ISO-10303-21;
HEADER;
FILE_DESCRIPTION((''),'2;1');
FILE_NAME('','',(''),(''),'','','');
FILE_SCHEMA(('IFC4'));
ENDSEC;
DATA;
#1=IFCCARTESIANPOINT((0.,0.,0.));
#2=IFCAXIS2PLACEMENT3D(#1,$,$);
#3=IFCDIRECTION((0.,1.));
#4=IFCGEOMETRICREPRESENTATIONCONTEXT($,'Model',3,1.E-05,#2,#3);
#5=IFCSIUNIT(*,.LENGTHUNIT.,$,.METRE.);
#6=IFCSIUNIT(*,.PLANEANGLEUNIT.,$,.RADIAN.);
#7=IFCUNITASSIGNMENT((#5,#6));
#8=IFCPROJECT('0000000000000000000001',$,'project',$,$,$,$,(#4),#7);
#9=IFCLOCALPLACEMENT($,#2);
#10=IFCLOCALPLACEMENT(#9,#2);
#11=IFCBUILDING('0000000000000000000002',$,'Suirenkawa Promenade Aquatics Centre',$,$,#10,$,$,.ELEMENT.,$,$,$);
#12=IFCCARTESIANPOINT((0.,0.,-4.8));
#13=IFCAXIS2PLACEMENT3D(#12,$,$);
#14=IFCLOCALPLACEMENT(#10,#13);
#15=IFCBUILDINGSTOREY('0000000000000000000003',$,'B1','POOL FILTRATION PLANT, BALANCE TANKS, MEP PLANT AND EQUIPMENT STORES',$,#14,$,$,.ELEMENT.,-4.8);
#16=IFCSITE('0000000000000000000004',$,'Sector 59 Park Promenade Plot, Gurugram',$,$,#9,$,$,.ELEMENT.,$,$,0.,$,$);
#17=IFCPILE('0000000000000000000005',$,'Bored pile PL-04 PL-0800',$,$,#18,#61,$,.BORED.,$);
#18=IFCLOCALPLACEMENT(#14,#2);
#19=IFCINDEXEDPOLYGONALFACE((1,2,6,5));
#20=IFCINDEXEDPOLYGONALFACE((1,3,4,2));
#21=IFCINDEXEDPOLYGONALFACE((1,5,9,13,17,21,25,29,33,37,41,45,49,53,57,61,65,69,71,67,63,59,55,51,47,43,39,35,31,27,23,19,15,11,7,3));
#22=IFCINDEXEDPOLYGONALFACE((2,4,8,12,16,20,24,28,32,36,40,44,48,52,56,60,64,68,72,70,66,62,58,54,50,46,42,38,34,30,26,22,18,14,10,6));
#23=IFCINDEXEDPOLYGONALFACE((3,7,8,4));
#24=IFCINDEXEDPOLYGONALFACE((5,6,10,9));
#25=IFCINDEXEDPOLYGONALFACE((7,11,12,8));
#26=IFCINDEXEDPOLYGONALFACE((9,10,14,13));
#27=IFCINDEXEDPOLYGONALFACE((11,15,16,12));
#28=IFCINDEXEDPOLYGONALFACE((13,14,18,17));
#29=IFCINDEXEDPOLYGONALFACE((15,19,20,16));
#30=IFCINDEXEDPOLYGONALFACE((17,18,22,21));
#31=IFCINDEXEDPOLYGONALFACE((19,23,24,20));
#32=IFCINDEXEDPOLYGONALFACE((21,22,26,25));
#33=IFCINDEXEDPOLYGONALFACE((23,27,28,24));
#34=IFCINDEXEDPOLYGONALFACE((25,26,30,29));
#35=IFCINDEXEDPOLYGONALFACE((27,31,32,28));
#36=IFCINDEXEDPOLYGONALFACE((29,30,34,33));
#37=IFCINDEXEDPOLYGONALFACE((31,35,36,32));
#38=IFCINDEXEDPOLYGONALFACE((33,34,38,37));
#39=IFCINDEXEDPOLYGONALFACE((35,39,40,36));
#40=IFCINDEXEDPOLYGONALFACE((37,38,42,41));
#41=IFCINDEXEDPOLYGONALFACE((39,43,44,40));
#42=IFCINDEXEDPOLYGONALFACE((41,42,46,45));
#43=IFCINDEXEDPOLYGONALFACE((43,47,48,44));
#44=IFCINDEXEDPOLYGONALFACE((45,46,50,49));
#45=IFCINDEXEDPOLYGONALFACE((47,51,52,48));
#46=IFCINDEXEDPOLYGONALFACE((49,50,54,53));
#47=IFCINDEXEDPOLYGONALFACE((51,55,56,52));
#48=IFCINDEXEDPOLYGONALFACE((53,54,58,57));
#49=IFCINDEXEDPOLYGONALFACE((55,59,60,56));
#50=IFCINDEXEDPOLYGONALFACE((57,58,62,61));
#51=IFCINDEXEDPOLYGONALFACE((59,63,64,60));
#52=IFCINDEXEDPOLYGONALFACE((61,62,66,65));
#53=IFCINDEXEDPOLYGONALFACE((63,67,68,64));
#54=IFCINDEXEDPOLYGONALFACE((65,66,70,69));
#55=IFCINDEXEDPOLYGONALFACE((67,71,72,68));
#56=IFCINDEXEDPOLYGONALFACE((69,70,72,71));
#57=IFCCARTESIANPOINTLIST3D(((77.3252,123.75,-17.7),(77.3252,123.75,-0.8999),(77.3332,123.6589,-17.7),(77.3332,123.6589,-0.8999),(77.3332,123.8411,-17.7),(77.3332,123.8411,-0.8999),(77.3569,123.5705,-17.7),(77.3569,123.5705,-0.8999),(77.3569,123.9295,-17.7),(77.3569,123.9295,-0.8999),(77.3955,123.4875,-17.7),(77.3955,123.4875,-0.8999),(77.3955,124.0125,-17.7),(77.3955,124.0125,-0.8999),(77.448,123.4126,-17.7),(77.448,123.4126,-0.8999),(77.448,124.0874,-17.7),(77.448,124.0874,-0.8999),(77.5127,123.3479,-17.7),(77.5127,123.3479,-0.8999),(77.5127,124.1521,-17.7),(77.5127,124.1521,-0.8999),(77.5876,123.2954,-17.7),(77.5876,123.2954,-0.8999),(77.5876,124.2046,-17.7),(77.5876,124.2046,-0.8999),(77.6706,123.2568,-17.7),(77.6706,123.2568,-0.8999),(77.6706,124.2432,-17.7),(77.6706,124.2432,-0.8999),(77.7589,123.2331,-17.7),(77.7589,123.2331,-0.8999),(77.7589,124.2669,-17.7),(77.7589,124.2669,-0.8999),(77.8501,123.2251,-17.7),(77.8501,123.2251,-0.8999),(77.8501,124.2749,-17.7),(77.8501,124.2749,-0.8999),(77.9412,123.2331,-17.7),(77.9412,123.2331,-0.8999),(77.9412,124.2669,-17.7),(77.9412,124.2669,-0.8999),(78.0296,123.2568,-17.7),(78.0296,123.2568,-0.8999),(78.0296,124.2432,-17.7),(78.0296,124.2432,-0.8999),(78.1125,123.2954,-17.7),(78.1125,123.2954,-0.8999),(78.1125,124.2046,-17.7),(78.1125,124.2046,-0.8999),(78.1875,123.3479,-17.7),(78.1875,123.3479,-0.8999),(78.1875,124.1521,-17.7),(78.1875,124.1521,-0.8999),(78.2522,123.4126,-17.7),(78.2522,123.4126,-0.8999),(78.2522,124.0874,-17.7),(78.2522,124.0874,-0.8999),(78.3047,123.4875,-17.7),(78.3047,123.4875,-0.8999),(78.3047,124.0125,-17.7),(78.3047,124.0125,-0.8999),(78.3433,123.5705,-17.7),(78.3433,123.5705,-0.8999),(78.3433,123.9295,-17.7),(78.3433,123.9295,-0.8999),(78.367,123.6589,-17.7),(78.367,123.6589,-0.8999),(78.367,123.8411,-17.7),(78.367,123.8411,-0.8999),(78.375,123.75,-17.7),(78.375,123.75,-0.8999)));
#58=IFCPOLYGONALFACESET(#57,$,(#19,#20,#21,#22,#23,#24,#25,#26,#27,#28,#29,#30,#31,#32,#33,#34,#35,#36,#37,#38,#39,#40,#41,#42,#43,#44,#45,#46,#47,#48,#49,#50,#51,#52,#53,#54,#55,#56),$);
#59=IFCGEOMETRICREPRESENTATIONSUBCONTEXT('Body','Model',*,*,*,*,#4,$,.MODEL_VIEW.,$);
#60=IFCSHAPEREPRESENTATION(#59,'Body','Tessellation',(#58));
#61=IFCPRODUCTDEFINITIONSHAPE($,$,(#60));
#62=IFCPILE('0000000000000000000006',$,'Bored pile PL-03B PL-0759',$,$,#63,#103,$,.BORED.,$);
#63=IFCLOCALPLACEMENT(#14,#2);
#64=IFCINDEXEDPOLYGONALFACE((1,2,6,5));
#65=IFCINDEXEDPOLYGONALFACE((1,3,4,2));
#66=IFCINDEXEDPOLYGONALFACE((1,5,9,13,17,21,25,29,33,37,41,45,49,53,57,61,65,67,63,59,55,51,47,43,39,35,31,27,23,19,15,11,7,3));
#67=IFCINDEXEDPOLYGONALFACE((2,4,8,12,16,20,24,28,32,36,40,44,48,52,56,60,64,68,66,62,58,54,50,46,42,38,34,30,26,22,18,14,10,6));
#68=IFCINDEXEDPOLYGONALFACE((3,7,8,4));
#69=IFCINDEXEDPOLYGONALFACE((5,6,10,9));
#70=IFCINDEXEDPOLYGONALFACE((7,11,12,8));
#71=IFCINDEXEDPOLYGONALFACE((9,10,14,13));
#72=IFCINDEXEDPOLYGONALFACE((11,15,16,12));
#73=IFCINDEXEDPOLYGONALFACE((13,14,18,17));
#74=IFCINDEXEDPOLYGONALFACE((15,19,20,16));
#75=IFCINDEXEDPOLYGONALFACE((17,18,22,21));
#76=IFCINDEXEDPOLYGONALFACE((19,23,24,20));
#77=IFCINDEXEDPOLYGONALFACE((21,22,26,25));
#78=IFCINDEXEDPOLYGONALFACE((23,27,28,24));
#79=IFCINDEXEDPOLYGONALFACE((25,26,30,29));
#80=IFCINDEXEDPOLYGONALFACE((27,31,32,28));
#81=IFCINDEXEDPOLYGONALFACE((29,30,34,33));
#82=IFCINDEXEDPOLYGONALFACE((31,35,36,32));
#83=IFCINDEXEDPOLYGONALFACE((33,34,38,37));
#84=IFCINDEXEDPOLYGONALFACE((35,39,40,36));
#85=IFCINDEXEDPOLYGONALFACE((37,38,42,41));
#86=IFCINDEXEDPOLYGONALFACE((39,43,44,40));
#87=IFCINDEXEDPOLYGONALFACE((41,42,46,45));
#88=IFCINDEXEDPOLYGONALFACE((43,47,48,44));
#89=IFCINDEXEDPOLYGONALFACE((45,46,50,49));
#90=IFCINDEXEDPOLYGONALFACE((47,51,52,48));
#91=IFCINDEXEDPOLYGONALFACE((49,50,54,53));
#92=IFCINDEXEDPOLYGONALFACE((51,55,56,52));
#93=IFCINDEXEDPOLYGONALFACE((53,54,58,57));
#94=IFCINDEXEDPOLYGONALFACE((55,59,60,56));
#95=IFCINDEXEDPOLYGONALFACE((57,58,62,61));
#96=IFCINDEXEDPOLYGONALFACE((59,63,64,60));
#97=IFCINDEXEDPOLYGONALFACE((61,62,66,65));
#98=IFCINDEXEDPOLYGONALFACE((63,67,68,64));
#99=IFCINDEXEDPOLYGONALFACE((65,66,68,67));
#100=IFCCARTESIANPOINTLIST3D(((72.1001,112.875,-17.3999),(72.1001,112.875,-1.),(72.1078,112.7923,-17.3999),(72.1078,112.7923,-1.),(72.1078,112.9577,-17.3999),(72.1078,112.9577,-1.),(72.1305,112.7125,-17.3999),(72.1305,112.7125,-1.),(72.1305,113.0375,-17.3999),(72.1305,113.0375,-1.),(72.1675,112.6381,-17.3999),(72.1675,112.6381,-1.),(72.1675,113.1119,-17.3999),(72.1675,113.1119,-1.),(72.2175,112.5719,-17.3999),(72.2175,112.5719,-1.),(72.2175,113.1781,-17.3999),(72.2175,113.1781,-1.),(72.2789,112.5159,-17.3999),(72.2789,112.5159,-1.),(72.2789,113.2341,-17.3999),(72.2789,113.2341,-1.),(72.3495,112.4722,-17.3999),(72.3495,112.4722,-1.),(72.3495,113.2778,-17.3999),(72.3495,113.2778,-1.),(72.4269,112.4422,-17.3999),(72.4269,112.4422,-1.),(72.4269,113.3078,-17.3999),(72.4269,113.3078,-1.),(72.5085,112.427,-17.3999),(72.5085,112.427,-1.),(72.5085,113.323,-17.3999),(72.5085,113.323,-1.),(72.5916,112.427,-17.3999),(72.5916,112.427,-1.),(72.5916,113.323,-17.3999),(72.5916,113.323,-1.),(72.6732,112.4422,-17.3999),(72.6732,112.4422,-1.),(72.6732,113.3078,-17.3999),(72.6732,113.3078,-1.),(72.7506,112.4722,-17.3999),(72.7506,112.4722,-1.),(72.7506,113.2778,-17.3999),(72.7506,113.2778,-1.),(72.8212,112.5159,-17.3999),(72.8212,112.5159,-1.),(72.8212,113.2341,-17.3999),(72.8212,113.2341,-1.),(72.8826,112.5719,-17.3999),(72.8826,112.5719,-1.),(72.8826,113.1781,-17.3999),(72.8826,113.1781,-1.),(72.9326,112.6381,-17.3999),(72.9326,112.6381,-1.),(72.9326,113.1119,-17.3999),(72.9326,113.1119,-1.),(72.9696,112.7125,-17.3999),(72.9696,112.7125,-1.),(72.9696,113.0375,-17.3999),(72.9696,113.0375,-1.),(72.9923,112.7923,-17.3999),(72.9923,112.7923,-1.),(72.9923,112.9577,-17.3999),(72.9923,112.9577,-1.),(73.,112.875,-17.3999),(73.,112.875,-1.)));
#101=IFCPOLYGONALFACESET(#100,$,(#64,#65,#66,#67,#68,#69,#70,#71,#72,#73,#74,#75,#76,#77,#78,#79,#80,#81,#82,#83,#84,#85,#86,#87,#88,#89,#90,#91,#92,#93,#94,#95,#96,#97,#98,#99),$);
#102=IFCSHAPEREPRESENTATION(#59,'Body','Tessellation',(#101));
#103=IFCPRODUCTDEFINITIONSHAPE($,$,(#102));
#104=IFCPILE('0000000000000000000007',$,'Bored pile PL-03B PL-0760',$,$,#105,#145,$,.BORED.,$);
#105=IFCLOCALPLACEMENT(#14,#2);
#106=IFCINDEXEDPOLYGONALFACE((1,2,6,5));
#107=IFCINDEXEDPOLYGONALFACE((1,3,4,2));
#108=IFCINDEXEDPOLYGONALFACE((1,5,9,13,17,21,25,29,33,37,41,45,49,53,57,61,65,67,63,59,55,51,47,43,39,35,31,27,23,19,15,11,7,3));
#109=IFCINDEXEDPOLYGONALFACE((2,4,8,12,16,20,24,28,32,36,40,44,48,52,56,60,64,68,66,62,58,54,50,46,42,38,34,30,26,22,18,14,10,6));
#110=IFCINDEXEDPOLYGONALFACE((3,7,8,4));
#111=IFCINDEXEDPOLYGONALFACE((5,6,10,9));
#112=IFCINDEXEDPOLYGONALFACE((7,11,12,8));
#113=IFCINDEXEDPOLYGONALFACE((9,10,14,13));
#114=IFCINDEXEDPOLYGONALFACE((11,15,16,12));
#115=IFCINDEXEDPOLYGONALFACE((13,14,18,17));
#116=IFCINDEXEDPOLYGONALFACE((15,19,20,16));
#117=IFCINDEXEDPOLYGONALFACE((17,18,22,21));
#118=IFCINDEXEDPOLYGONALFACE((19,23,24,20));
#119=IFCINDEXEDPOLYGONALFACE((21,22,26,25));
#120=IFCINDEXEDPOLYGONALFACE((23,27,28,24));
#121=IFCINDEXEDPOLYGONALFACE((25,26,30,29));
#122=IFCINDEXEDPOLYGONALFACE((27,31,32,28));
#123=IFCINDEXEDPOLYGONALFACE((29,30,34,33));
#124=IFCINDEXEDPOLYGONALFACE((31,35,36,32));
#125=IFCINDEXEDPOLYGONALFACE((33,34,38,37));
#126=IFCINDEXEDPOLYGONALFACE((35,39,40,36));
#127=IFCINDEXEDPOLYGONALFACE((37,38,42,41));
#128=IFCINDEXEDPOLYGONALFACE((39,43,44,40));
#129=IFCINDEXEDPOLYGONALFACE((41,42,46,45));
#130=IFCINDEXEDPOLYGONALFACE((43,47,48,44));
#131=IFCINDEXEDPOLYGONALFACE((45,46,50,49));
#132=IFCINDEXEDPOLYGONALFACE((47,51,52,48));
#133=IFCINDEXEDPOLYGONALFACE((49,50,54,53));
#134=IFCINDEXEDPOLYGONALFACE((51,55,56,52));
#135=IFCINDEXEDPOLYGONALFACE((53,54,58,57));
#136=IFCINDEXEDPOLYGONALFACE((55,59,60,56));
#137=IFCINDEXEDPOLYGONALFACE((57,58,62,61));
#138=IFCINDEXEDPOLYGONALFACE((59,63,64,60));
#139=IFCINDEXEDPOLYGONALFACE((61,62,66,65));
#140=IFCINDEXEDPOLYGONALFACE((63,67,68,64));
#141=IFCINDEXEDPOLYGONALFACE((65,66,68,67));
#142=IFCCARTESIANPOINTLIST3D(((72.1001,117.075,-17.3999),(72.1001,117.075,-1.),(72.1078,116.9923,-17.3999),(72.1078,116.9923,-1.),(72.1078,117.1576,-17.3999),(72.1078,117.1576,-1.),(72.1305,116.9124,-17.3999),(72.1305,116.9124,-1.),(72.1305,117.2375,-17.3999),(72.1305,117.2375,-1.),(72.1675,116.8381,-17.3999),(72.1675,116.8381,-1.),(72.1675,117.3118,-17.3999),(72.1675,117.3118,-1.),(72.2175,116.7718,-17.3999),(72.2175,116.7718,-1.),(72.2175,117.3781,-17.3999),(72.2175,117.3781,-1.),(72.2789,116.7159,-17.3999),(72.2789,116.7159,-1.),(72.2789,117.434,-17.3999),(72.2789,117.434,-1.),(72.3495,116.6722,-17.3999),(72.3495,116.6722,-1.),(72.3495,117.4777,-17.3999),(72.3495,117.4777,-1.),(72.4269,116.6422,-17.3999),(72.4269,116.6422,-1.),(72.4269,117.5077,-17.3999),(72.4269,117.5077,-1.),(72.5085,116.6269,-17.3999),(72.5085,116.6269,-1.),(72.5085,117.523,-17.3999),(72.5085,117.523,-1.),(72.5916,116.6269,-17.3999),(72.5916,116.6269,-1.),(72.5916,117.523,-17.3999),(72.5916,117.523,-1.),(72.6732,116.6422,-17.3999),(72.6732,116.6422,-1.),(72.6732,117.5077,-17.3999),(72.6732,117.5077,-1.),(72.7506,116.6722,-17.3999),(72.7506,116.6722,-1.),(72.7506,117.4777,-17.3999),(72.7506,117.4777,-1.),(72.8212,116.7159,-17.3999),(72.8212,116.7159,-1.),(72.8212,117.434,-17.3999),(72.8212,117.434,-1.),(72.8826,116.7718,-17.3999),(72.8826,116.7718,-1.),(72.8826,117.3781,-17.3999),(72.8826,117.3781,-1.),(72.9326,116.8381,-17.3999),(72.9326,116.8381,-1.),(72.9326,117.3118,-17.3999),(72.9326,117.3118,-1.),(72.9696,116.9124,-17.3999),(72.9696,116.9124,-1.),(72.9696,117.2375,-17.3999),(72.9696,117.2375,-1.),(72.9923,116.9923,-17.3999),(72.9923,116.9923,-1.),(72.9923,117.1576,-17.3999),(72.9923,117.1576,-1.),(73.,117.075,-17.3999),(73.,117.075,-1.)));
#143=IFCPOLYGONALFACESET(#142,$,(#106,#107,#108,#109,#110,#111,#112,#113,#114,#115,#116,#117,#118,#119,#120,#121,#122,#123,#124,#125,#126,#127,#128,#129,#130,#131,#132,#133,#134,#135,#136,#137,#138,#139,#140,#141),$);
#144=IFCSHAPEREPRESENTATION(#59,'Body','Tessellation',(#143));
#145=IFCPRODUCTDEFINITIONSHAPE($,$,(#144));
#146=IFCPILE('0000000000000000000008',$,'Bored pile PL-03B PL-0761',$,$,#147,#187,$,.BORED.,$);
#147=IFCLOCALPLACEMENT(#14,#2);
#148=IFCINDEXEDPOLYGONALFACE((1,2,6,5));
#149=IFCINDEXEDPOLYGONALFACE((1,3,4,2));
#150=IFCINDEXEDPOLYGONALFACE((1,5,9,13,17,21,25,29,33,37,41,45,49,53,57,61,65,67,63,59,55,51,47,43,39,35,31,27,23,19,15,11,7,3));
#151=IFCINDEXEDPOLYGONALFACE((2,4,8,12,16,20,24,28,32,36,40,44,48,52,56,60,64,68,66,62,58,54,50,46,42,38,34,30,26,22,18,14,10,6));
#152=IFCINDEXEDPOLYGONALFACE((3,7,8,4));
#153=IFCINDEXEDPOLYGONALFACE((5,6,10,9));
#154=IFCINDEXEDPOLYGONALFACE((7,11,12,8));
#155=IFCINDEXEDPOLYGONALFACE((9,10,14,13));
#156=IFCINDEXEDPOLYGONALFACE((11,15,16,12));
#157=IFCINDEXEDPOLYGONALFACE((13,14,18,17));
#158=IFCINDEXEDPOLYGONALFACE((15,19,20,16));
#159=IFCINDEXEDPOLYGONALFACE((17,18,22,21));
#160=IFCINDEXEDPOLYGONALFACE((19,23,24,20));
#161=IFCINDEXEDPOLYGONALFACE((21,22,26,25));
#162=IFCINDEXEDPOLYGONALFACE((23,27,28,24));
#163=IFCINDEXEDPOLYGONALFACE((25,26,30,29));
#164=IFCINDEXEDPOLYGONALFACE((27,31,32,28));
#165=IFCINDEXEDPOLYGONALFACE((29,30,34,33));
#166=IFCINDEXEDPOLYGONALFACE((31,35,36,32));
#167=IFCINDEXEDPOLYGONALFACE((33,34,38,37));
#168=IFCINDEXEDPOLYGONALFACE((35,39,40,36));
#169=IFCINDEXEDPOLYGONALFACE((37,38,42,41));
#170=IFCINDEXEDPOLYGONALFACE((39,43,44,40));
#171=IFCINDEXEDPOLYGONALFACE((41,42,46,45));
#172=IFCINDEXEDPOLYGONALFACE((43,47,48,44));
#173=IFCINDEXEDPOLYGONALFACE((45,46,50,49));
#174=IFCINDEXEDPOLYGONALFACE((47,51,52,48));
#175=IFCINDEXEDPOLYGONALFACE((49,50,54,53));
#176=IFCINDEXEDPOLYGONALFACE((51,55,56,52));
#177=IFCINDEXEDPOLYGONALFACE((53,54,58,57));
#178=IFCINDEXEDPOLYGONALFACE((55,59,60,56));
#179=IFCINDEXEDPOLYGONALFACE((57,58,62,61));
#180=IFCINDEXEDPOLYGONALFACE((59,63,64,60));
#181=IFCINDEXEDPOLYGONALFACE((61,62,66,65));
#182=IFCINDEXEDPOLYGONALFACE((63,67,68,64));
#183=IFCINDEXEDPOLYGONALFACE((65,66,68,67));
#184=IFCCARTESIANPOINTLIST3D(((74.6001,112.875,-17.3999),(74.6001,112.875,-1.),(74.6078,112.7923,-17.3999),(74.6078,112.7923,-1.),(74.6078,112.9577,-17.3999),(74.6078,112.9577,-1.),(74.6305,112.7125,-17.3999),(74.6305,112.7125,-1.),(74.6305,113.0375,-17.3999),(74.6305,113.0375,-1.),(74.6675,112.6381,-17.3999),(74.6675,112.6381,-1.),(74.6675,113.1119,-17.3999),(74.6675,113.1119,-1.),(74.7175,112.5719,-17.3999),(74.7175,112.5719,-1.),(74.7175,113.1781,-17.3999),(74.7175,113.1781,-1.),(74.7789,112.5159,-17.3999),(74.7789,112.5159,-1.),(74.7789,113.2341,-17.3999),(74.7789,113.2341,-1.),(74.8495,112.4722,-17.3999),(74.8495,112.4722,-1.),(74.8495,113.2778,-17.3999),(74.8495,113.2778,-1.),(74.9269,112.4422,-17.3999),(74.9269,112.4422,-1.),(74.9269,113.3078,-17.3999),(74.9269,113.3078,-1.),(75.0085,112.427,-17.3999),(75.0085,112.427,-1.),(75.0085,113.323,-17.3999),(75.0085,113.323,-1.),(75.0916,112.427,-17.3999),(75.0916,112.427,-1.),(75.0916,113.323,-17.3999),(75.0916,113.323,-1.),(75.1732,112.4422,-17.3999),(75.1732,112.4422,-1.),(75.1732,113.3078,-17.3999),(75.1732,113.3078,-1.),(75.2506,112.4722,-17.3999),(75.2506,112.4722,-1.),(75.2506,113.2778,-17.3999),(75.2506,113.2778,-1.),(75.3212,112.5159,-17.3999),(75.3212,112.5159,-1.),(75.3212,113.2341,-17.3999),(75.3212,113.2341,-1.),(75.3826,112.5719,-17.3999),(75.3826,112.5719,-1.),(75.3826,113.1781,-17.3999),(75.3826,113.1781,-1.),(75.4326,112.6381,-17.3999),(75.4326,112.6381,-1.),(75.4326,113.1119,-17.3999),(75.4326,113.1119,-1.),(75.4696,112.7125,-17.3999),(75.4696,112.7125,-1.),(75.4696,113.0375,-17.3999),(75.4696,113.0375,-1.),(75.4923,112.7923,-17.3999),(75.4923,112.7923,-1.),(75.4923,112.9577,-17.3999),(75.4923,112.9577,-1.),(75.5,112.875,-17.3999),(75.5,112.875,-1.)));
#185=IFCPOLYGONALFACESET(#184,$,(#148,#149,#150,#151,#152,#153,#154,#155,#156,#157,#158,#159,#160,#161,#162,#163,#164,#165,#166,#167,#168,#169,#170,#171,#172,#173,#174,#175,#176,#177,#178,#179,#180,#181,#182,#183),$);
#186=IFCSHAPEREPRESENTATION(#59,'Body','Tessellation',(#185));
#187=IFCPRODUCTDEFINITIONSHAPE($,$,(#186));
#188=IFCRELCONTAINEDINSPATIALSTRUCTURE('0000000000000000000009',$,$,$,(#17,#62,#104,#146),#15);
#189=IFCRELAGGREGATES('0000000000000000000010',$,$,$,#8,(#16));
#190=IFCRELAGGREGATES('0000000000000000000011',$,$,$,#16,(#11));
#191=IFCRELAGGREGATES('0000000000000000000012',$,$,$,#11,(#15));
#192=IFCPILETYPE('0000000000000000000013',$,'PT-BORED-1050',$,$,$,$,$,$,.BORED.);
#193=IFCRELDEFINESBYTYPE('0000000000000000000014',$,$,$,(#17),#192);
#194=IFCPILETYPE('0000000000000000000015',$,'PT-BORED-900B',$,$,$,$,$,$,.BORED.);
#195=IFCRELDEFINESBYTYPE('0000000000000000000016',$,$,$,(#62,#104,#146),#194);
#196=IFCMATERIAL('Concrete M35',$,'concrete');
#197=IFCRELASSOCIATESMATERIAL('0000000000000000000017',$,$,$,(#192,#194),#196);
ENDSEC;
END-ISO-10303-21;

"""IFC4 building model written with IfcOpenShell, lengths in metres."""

from ifc_helpers import new_model, si_unit, direction, frame, origin, origin_2d, place, context, subcontext, project, spatial, circle, extrude, material, material_profile, profile_set, type_object, element, save


model = new_model("IFC4")

# Units and contexts
model_context = context("Model", 3, precision=1e-05, world=origin(), true_north=direction((0.0, 1.0)))
body_context = subcontext(model_context, "Body", "Model", "MODEL_VIEW")
ifc_project = project(units=[si_unit("LENGTHUNIT", "METRE"), si_unit("PLANEANGLEUNIT", "RADIAN")], contexts=[model_context])

# Site, building, storey
site_placement = place(None, origin())
site = spatial("IfcSite", under=ifc_project, at=site_placement, Name="Sector 59 Park Promenade Plot, Gurugram", CompositionType="ELEMENT", RefElevation=0.0)
building_placement = place(site_placement, origin())
building = spatial("IfcBuilding", under=site, at=building_placement, Name="Suirenkawa Promenade Aquatics Centre", CompositionType="ELEMENT")
storey_placement = place(building_placement, frame((0.0, 0.0, -4.8)))
storey = spatial("IfcBuildingStorey", under=building, at=storey_placement, Name="B1", Description="POOL FILTRATION PLANT, BALANCE TANKS, MEP PLANT AND EQUIPMENT STORES", CompositionType="ELEMENT", Elevation=-4.8)

# Shared definitions
ifc_material_1 = material(Name="Concrete M35", Category="concrete")

# Piles
ifc_material_profile_1 = material_profile(ifc_material_1, circle(Radius=0.5249, at=origin_2d()), Name="PILE D1050", Category="concrete")
ifc_profile_set_1 = profile_set([ifc_material_profile_1], Name="Concrete M35")
pile_type_1 = type_object("IfcPileType", Name="PT-BORED-1050", PredefinedType="BORED", material=ifc_profile_set_1)
for number, where, z_axis, x_axis, name in (
    (1, (77.8501, 123.75, -0.8999), (0.0, 0.0, -1.0), (1.0, 0.0, 0.0), "Bored pile PL-04 PL-0800"),
):
    element("IfcPile", number, at=place(storey_placement, frame(where, z_axis=z_axis, x_axis=x_axis)), inside=storey, type_object=pile_type_1, Name=name, PredefinedType="BORED", context=body_context, shape_type="SweptSolid", body=[
        extrude(circle(Radius=0.5249, at=origin_2d()), origin(), (0.0, 0.0, 1.0), 16.8),
    ])
ifc_material_profile_2 = material_profile(ifc_material_1, circle(Radius=0.45, at=origin_2d()), Name="PILE D900", Category="concrete")
ifc_profile_set_2 = profile_set([ifc_material_profile_2], Name="Concrete M35")
pile_type_2 = type_object("IfcPileType", Name="PT-BORED-900B", PredefinedType="BORED", material=ifc_profile_set_2)
for number, where, z_axis, x_axis, name in (
    (2, (72.55, 112.875, -1.0), (0.0, 0.0, -1.0), (1.0, 0.0, 0.0), "Bored pile PL-03B PL-0759"),
    (3, (72.55, 117.075, -1.0), (0.0, 0.0, -1.0), (1.0, 0.0, 0.0), "Bored pile PL-03B PL-0760"),
    (4, (75.05, 112.875, -1.0), (0.0, 0.0, -1.0), (1.0, 0.0, 0.0), "Bored pile PL-03B PL-0761"),
):
    element("IfcPile", number, at=place(storey_placement, frame(where, z_axis=z_axis, x_axis=x_axis)), inside=storey, type_object=pile_type_2, Name=name, PredefinedType="BORED", context=body_context, shape_type="SweptSolid", body=[
        extrude(circle(Radius=0.45, at=origin_2d()), origin(), (0.0, 0.0, 1.0), 16.3999),
    ])

save(model, "model.ifc")
